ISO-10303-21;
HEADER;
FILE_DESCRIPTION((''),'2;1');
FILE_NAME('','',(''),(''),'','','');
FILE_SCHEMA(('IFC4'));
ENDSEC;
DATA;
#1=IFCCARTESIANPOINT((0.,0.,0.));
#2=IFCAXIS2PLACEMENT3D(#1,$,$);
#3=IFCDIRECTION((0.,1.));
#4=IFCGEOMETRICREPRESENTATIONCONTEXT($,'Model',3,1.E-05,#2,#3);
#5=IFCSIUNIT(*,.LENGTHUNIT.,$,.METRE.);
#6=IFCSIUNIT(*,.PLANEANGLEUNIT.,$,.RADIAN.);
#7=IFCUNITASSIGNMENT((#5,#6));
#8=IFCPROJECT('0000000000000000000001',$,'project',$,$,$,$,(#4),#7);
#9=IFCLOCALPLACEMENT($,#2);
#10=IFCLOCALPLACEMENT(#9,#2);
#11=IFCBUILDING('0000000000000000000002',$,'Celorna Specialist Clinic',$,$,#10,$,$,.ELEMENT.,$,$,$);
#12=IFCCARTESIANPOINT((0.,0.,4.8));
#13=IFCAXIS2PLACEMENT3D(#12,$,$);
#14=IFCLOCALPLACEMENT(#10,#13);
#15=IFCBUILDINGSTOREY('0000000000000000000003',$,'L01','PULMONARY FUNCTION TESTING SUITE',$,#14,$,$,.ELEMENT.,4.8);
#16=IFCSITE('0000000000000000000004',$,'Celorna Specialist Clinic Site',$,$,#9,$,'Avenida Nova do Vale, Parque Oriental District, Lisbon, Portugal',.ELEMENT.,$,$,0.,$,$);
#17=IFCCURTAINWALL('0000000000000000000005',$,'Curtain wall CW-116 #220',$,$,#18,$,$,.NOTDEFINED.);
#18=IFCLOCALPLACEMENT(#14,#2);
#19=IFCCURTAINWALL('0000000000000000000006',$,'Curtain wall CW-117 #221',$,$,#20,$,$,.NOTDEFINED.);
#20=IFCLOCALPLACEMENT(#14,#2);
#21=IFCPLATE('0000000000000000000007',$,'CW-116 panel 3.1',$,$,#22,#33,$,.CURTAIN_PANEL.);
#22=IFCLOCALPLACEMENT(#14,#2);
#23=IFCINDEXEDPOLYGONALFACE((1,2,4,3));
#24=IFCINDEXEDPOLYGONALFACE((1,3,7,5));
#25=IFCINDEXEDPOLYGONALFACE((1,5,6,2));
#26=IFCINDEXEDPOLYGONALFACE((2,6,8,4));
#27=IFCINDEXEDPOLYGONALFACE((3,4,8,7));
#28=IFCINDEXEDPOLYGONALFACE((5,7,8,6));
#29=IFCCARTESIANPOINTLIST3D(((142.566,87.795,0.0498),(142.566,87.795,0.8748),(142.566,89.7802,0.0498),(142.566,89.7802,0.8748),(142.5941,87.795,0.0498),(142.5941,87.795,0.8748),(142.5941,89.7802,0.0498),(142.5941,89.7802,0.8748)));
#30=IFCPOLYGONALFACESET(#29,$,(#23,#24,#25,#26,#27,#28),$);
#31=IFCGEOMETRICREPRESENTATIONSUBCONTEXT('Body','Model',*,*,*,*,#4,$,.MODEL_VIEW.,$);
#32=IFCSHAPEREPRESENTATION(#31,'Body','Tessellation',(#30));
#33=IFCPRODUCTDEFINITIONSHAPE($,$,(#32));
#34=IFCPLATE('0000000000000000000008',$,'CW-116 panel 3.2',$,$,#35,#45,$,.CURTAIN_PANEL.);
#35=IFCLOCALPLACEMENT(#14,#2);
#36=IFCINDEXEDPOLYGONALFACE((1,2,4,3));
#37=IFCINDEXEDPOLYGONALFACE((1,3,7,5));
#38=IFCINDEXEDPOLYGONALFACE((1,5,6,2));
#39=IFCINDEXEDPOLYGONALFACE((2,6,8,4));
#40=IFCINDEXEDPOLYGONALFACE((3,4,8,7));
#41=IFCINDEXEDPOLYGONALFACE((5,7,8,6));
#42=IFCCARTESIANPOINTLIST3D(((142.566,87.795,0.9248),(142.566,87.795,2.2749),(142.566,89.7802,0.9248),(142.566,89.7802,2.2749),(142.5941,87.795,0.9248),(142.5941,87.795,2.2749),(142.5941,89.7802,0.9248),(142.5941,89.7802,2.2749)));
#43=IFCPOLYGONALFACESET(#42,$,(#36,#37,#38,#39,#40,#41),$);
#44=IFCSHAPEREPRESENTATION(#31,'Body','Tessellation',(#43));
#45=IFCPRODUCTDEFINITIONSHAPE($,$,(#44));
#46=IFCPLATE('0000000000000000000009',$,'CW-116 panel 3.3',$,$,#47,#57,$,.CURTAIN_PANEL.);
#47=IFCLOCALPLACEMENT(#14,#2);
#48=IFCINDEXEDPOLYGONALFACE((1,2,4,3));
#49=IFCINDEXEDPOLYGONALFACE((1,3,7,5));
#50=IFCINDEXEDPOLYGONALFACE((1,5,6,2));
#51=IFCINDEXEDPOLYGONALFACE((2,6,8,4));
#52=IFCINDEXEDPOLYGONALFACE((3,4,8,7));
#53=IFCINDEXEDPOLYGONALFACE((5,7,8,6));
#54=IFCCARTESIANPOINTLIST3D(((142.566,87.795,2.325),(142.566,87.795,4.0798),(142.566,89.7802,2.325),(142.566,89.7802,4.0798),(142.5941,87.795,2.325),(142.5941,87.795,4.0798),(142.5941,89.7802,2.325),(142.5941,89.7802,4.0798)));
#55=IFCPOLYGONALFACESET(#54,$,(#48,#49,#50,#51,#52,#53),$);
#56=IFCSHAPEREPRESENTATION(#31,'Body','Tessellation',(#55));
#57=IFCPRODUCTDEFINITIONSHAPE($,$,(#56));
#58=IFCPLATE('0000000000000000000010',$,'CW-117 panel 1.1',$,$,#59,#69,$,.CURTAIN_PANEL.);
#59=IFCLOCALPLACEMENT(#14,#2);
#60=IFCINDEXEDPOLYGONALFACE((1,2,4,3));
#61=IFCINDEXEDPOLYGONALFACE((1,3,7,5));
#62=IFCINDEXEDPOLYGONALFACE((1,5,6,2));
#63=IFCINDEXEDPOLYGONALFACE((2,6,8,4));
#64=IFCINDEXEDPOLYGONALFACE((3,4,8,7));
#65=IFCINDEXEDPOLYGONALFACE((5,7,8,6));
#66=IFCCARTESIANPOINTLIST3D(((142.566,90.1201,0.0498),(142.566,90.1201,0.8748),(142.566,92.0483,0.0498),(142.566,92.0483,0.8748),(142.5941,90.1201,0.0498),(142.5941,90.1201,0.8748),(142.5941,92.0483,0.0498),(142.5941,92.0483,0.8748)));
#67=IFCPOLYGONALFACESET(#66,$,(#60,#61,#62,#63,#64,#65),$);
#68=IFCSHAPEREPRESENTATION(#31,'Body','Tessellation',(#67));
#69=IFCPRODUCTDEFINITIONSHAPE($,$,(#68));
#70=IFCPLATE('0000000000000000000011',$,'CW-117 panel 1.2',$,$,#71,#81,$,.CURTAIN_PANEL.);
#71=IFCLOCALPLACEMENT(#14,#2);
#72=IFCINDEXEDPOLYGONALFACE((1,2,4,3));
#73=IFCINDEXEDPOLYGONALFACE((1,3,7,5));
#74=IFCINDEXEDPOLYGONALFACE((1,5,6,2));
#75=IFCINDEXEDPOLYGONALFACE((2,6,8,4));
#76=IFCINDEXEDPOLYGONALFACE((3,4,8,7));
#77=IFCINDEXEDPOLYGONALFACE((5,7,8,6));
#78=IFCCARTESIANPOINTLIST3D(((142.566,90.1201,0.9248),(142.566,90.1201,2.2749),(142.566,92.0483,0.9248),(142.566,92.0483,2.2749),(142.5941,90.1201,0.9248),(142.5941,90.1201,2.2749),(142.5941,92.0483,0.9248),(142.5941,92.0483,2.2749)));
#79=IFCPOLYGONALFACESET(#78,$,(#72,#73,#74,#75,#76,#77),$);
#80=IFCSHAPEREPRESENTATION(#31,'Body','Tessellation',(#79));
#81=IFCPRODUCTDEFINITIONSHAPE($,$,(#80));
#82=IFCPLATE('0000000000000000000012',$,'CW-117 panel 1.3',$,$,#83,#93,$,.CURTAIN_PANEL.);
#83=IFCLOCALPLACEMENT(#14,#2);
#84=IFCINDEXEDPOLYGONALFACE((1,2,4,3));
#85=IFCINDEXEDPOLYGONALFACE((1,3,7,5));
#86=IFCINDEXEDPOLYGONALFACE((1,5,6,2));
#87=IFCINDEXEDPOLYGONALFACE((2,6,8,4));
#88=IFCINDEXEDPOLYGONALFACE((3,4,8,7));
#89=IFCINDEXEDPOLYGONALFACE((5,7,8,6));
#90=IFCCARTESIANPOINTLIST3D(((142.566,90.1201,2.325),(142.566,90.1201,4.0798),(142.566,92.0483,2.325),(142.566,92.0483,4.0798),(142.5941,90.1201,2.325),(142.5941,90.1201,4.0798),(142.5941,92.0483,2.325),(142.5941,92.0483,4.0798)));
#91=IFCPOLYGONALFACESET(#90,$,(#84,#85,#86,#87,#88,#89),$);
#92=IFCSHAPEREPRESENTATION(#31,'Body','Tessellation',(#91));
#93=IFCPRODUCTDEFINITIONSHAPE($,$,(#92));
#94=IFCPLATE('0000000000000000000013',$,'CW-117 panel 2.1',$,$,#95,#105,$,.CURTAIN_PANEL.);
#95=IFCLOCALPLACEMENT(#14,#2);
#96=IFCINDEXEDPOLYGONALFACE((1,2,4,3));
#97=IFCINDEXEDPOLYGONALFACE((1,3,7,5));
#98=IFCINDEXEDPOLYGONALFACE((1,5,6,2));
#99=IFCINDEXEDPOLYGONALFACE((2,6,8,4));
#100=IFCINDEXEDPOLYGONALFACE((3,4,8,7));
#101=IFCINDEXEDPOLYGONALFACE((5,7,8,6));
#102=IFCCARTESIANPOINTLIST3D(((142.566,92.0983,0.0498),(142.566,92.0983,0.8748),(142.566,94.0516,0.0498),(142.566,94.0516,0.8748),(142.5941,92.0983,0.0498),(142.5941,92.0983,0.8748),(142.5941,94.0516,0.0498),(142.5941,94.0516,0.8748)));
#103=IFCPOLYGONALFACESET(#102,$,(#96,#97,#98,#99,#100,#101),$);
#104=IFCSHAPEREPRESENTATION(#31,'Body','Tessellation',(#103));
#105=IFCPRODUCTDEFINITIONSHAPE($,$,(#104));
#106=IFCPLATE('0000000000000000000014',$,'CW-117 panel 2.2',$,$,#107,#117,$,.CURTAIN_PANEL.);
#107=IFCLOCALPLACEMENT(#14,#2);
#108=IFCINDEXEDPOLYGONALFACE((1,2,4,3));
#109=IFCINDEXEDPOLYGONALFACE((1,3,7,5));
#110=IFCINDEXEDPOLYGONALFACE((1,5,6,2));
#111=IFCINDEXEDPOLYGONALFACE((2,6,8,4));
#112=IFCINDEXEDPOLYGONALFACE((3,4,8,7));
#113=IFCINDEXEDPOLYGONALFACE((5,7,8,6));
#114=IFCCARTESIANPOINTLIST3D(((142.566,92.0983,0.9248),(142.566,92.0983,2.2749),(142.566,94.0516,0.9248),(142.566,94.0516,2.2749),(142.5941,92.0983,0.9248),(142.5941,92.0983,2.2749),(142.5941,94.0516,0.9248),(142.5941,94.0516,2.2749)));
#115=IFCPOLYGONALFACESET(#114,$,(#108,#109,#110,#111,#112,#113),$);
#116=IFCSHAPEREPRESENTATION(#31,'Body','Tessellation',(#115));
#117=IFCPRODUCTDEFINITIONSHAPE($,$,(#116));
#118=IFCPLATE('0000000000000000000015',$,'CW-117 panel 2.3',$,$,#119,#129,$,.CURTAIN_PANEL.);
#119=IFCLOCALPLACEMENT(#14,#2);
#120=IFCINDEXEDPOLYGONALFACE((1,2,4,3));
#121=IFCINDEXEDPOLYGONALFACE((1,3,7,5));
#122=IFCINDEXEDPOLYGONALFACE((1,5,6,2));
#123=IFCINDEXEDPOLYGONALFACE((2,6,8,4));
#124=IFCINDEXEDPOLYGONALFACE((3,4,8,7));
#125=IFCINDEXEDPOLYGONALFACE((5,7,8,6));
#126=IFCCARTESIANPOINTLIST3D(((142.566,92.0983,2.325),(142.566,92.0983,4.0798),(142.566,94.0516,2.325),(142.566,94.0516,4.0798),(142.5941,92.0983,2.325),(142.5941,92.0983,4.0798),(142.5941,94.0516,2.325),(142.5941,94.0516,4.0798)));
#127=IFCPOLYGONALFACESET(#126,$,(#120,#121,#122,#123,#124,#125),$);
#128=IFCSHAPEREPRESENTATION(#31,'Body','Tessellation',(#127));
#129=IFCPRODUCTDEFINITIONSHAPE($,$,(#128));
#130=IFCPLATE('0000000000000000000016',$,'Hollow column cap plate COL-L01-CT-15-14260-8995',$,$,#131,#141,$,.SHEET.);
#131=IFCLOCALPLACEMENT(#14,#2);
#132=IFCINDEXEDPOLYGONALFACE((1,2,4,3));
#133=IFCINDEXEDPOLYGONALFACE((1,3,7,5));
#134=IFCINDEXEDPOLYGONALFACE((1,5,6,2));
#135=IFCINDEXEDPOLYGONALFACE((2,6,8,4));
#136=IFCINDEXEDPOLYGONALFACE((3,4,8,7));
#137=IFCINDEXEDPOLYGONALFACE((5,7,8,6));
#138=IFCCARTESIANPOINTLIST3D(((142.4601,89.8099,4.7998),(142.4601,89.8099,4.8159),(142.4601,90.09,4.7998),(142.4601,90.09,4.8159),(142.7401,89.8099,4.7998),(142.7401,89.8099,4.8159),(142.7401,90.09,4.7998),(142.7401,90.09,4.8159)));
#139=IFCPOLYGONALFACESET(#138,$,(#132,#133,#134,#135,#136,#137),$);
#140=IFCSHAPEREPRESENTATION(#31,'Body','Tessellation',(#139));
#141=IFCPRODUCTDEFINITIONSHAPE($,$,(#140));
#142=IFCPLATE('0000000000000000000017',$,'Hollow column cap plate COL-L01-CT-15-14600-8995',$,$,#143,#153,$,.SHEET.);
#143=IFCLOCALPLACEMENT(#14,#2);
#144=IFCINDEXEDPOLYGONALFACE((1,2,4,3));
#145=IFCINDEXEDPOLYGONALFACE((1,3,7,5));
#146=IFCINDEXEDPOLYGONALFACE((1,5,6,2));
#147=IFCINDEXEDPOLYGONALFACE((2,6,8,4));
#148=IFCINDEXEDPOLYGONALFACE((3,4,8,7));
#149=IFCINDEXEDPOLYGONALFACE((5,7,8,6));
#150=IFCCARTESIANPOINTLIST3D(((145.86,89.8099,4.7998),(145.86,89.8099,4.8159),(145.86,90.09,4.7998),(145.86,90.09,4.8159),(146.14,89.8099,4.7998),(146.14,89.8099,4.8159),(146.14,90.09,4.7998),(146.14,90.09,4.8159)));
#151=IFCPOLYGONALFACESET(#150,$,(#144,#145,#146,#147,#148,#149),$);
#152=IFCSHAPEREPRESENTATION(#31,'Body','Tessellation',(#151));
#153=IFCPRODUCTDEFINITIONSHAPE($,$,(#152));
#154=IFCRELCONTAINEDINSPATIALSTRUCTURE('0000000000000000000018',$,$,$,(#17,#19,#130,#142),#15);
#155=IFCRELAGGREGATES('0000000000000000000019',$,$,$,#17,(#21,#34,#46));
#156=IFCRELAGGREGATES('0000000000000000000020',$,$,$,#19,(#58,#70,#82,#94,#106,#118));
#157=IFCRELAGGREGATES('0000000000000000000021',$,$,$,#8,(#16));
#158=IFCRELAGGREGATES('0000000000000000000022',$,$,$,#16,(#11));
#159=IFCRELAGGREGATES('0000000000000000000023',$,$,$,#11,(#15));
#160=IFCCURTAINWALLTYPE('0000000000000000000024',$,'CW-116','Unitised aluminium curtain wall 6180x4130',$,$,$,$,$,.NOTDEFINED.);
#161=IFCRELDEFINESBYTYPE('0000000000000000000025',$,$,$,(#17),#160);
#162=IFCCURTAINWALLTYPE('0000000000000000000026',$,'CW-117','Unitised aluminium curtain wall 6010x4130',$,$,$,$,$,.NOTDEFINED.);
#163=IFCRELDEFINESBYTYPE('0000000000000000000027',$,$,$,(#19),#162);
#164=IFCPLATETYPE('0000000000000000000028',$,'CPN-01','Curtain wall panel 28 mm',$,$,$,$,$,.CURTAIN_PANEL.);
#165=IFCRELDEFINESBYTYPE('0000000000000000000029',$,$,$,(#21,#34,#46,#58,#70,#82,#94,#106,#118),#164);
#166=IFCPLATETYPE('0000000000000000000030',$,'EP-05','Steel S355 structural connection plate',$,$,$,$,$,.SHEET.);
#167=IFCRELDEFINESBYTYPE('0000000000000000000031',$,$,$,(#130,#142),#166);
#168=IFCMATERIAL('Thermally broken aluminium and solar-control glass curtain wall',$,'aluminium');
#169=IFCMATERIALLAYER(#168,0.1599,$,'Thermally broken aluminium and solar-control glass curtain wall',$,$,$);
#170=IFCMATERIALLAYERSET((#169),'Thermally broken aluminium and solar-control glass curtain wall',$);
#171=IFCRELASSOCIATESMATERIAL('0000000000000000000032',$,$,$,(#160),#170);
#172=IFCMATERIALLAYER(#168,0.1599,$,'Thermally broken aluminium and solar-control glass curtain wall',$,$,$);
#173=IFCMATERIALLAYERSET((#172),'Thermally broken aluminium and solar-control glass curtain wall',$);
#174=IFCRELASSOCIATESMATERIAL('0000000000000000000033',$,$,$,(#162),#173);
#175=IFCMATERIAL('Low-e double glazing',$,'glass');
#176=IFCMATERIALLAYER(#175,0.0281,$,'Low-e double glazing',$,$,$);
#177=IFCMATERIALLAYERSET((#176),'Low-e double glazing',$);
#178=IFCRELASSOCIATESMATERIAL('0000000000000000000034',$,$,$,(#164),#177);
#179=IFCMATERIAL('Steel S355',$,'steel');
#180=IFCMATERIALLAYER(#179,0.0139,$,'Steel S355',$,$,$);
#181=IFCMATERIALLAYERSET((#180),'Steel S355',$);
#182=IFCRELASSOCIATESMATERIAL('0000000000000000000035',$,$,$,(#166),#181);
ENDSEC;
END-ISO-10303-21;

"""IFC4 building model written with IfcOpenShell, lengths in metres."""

from ifc_helpers import new_model, si_unit, direction, frame, origin, origin_2d, place, context, subcontext, project, spatial, rectangle, extrude, material, layer, layer_set, type_object, element, aggregate, save


model = new_model("IFC4")

# Units and contexts
model_context = context("Model", 3, precision=1e-05, world=origin(), true_north=direction((0.0, 1.0)))
body_context = subcontext(model_context, "Body", "Model", "MODEL_VIEW")
ifc_project = project(units=[si_unit("LENGTHUNIT", "METRE"), si_unit("PLANEANGLEUNIT", "RADIAN")], contexts=[model_context])

# Site, building, storey
site_placement = place(None, origin())
site = spatial("IfcSite", under=ifc_project, at=site_placement, Name="Celorna Specialist Clinic Site", LongName="Avenida Nova do Vale, Parque Oriental District, Lisbon, Portugal", CompositionType="ELEMENT", RefElevation=0.0)
building_placement = place(site_placement, origin())
building = spatial("IfcBuilding", under=site, at=building_placement, Name="Celorna Specialist Clinic", CompositionType="ELEMENT")
storey_placement = place(building_placement, frame((0.0, 0.0, 4.8)))
storey = spatial("IfcBuildingStorey", under=building, at=storey_placement, Name="L01", Description="PULMONARY FUNCTION TESTING SUITE", CompositionType="ELEMENT", Elevation=4.8)

# Shared definitions
ifc_material_1 = material(Name="Steel S355", Category="steel")

# Curtain walls
ifc_material_2 = material(Name="Thermally broken aluminium and solar-control glass curtain wall", Category="aluminium")
ifc_layer_1 = layer(ifc_material_2, 0.1599, Name="Thermally broken aluminium and solar-control glass curtain wall")
ifc_layer_set_1 = layer_set([ifc_layer_1], Name="Thermally broken aluminium and solar-control glass curtain wall")
curtain_wall_type_1 = type_object("IfcCurtainWallType", Name="CW-116", Description="Unitised aluminium curtain wall 6180x4130", PredefinedType="NOTDEFINED", material=ifc_layer_set_1)
curtain_wall_1_placement = place(storey_placement, origin())
curtain_wall_1 = element("IfcCurtainWall", 1, at=curtain_wall_1_placement, inside=storey, type_object=curtain_wall_type_1, Name="Curtain wall CW-116 #220", PredefinedType="NOTDEFINED")
ifc_layer_2 = layer(ifc_material_2, 0.1599, Name="Thermally broken aluminium and solar-control glass curtain wall")
ifc_layer_set_2 = layer_set([ifc_layer_2], Name="Thermally broken aluminium and solar-control glass curtain wall")
curtain_wall_type_2 = type_object("IfcCurtainWallType", Name="CW-117", Description="Unitised aluminium curtain wall 6010x4130", PredefinedType="NOTDEFINED", material=ifc_layer_set_2)
curtain_wall_2_placement = place(storey_placement, origin())
curtain_wall_2 = element("IfcCurtainWall", 2, at=curtain_wall_2_placement, inside=storey, type_object=curtain_wall_type_2, Name="Curtain wall CW-117 #221", PredefinedType="NOTDEFINED")

# Plates
ifc_material_3 = material(Name="Low-e double glazing", Category="glass")
ifc_layer_3 = layer(ifc_material_3, 0.0281, Name="Low-e double glazing")
ifc_layer_set_3 = layer_set([ifc_layer_3], Name="Low-e double glazing")
plate_type_1 = type_object("IfcPlateType", Name="CPN-01", Description="Curtain wall panel 28 mm", PredefinedType="CURTAIN_PANEL", material=ifc_layer_set_3)
plate_1_placement = place(storey_placement, frame((142.5801, 88.7876, 0.0498), z_axis=(0.0, 0.0, 1.0), x_axis=(0.0, 1.0, 0.0)))
plate_1 = element("IfcPlate", 3, at=plate_1_placement, type_object=plate_type_1, Name="CW-116 panel 3.1", PredefinedType="CURTAIN_PANEL", context=body_context, shape_type="SweptSolid", body=[
    extrude(rectangle(XDim=1.9851, YDim=0.0281, at=origin_2d()), origin(), (0.0, 0.0, 1.0), 0.825),
])
plate_2_placement = place(storey_placement, frame((142.5801, 88.7876, 0.9248), z_axis=(0.0, 0.0, 1.0), x_axis=(0.0, 1.0, 0.0)))
plate_2 = element("IfcPlate", 4, at=plate_2_placement, type_object=plate_type_1, Name="CW-116 panel 3.2", PredefinedType="CURTAIN_PANEL", context=body_context, shape_type="SweptSolid", body=[
    extrude(rectangle(XDim=1.9851, YDim=0.0281, at=origin_2d()), origin(), (0.0, 0.0, 1.0), 1.3501),
])
plate_3_placement = place(storey_placement, frame((142.5801, 88.7876, 2.325), z_axis=(0.0, 0.0, 1.0), x_axis=(0.0, 1.0, 0.0)))
plate_3 = element("IfcPlate", 5, at=plate_3_placement, type_object=plate_type_1, Name="CW-116 panel 3.3", PredefinedType="CURTAIN_PANEL", context=body_context, shape_type="SweptSolid", body=[
    extrude(rectangle(XDim=1.9851, YDim=0.0281, at=origin_2d()), origin(), (0.0, 0.0, 1.0), 1.7549),
])
aggregate(curtain_wall_1, [plate_1, plate_2, plate_3])
plate_4_placement = place(storey_placement, frame((142.5801, 91.0842, 0.0498), z_axis=(0.0, 0.0, 1.0), x_axis=(0.0, 1.0, 0.0)))
plate_4 = element("IfcPlate", 6, at=plate_4_placement, type_object=plate_type_1, Name="CW-117 panel 1.1", PredefinedType="CURTAIN_PANEL", context=body_context, shape_type="SweptSolid", body=[
    extrude(rectangle(XDim=1.9282, YDim=0.0281, at=origin_2d()), origin(), (0.0, 0.0, 1.0), 0.825),
])
plate_5_placement = place(storey_placement, frame((142.5801, 91.0842, 0.9248), z_axis=(0.0, 0.0, 1.0), x_axis=(0.0, 1.0, 0.0)))
plate_5 = element("IfcPlate", 7, at=plate_5_placement, type_object=plate_type_1, Name="CW-117 panel 1.2", PredefinedType="CURTAIN_PANEL", context=body_context, shape_type="SweptSolid", body=[
    extrude(rectangle(XDim=1.9282, YDim=0.0281, at=origin_2d()), origin(), (0.0, 0.0, 1.0), 1.3501),
])
plate_6_placement = place(storey_placement, frame((142.5801, 91.0842, 2.325), z_axis=(0.0, 0.0, 1.0), x_axis=(0.0, 1.0, 0.0)))
plate_6 = element("IfcPlate", 8, at=plate_6_placement, type_object=plate_type_1, Name="CW-117 panel 1.3", PredefinedType="CURTAIN_PANEL", context=body_context, shape_type="SweptSolid", body=[
    extrude(rectangle(XDim=1.9282, YDim=0.0281, at=origin_2d()), origin(), (0.0, 0.0, 1.0), 1.7549),
])
plate_7_placement = place(storey_placement, frame((142.5801, 93.075, 0.0498), z_axis=(0.0, 0.0, 1.0), x_axis=(0.0, 1.0, 0.0)))
plate_7 = element("IfcPlate", 9, at=plate_7_placement, type_object=plate_type_1, Name="CW-117 panel 2.1", PredefinedType="CURTAIN_PANEL", context=body_context, shape_type="SweptSolid", body=[
    extrude(rectangle(XDim=1.9534, YDim=0.0281, at=origin_2d()), origin(), (0.0, 0.0, 1.0), 0.825),
])
plate_8_placement = place(storey_placement, frame((142.5801, 93.075, 0.9248), z_axis=(0.0, 0.0, 1.0), x_axis=(0.0, 1.0, 0.0)))
plate_8 = element("IfcPlate", 10, at=plate_8_placement, type_object=plate_type_1, Name="CW-117 panel 2.2", PredefinedType="CURTAIN_PANEL", context=body_context, shape_type="SweptSolid", body=[
    extrude(rectangle(XDim=1.9534, YDim=0.0281, at=origin_2d()), origin(), (0.0, 0.0, 1.0), 1.3501),
])
plate_9_placement = place(storey_placement, frame((142.5801, 93.075, 2.325), z_axis=(0.0, 0.0, 1.0), x_axis=(0.0, 1.0, 0.0)))
plate_9 = element("IfcPlate", 11, at=plate_9_placement, type_object=plate_type_1, Name="CW-117 panel 2.3", PredefinedType="CURTAIN_PANEL", context=body_context, shape_type="SweptSolid", body=[
    extrude(rectangle(XDim=1.9534, YDim=0.0281, at=origin_2d()), origin(), (0.0, 0.0, 1.0), 1.7549),
])
aggregate(curtain_wall_2, [plate_4, plate_5, plate_6, plate_7, plate_8, plate_9])

# Plates
ifc_layer_4 = layer(ifc_material_1, 0.0139, Name="Steel S355")
ifc_layer_set_4 = layer_set([ifc_layer_4], Name="Steel S355")
plate_type_2 = type_object("IfcPlateType", Name="EP-05", Description="Steel S355 structural connection plate", PredefinedType="SHEET", material=ifc_layer_set_4)
for number, where, z_axis, x_axis, name in (
    (12, (142.6001, 89.95, 4.7998), (0.0, 0.0, 1.0), (1.0, 0.0, 0.0), "Hollow column cap plate COL-L01-CT-15-14260-8995"),
    (13, (146.0, 89.95, 4.7998), (0.0, 0.0, 1.0), (1.0, 0.0, 0.0), "Hollow column cap plate COL-L01-CT-15-14600-8995"),
):
    element("IfcPlate", number, at=place(storey_placement, frame(where, z_axis=z_axis, x_axis=x_axis)), inside=storey, type_object=plate_type_2, Name=name, PredefinedType="SHEET", context=body_context, shape_type="SweptSolid", body=[
        extrude(rectangle(XDim=0.28, YDim=0.28, at=origin_2d()), origin(), (0.0, 0.0, 1.0), 0.0161),
    ])

save(model, "model.ifc")
